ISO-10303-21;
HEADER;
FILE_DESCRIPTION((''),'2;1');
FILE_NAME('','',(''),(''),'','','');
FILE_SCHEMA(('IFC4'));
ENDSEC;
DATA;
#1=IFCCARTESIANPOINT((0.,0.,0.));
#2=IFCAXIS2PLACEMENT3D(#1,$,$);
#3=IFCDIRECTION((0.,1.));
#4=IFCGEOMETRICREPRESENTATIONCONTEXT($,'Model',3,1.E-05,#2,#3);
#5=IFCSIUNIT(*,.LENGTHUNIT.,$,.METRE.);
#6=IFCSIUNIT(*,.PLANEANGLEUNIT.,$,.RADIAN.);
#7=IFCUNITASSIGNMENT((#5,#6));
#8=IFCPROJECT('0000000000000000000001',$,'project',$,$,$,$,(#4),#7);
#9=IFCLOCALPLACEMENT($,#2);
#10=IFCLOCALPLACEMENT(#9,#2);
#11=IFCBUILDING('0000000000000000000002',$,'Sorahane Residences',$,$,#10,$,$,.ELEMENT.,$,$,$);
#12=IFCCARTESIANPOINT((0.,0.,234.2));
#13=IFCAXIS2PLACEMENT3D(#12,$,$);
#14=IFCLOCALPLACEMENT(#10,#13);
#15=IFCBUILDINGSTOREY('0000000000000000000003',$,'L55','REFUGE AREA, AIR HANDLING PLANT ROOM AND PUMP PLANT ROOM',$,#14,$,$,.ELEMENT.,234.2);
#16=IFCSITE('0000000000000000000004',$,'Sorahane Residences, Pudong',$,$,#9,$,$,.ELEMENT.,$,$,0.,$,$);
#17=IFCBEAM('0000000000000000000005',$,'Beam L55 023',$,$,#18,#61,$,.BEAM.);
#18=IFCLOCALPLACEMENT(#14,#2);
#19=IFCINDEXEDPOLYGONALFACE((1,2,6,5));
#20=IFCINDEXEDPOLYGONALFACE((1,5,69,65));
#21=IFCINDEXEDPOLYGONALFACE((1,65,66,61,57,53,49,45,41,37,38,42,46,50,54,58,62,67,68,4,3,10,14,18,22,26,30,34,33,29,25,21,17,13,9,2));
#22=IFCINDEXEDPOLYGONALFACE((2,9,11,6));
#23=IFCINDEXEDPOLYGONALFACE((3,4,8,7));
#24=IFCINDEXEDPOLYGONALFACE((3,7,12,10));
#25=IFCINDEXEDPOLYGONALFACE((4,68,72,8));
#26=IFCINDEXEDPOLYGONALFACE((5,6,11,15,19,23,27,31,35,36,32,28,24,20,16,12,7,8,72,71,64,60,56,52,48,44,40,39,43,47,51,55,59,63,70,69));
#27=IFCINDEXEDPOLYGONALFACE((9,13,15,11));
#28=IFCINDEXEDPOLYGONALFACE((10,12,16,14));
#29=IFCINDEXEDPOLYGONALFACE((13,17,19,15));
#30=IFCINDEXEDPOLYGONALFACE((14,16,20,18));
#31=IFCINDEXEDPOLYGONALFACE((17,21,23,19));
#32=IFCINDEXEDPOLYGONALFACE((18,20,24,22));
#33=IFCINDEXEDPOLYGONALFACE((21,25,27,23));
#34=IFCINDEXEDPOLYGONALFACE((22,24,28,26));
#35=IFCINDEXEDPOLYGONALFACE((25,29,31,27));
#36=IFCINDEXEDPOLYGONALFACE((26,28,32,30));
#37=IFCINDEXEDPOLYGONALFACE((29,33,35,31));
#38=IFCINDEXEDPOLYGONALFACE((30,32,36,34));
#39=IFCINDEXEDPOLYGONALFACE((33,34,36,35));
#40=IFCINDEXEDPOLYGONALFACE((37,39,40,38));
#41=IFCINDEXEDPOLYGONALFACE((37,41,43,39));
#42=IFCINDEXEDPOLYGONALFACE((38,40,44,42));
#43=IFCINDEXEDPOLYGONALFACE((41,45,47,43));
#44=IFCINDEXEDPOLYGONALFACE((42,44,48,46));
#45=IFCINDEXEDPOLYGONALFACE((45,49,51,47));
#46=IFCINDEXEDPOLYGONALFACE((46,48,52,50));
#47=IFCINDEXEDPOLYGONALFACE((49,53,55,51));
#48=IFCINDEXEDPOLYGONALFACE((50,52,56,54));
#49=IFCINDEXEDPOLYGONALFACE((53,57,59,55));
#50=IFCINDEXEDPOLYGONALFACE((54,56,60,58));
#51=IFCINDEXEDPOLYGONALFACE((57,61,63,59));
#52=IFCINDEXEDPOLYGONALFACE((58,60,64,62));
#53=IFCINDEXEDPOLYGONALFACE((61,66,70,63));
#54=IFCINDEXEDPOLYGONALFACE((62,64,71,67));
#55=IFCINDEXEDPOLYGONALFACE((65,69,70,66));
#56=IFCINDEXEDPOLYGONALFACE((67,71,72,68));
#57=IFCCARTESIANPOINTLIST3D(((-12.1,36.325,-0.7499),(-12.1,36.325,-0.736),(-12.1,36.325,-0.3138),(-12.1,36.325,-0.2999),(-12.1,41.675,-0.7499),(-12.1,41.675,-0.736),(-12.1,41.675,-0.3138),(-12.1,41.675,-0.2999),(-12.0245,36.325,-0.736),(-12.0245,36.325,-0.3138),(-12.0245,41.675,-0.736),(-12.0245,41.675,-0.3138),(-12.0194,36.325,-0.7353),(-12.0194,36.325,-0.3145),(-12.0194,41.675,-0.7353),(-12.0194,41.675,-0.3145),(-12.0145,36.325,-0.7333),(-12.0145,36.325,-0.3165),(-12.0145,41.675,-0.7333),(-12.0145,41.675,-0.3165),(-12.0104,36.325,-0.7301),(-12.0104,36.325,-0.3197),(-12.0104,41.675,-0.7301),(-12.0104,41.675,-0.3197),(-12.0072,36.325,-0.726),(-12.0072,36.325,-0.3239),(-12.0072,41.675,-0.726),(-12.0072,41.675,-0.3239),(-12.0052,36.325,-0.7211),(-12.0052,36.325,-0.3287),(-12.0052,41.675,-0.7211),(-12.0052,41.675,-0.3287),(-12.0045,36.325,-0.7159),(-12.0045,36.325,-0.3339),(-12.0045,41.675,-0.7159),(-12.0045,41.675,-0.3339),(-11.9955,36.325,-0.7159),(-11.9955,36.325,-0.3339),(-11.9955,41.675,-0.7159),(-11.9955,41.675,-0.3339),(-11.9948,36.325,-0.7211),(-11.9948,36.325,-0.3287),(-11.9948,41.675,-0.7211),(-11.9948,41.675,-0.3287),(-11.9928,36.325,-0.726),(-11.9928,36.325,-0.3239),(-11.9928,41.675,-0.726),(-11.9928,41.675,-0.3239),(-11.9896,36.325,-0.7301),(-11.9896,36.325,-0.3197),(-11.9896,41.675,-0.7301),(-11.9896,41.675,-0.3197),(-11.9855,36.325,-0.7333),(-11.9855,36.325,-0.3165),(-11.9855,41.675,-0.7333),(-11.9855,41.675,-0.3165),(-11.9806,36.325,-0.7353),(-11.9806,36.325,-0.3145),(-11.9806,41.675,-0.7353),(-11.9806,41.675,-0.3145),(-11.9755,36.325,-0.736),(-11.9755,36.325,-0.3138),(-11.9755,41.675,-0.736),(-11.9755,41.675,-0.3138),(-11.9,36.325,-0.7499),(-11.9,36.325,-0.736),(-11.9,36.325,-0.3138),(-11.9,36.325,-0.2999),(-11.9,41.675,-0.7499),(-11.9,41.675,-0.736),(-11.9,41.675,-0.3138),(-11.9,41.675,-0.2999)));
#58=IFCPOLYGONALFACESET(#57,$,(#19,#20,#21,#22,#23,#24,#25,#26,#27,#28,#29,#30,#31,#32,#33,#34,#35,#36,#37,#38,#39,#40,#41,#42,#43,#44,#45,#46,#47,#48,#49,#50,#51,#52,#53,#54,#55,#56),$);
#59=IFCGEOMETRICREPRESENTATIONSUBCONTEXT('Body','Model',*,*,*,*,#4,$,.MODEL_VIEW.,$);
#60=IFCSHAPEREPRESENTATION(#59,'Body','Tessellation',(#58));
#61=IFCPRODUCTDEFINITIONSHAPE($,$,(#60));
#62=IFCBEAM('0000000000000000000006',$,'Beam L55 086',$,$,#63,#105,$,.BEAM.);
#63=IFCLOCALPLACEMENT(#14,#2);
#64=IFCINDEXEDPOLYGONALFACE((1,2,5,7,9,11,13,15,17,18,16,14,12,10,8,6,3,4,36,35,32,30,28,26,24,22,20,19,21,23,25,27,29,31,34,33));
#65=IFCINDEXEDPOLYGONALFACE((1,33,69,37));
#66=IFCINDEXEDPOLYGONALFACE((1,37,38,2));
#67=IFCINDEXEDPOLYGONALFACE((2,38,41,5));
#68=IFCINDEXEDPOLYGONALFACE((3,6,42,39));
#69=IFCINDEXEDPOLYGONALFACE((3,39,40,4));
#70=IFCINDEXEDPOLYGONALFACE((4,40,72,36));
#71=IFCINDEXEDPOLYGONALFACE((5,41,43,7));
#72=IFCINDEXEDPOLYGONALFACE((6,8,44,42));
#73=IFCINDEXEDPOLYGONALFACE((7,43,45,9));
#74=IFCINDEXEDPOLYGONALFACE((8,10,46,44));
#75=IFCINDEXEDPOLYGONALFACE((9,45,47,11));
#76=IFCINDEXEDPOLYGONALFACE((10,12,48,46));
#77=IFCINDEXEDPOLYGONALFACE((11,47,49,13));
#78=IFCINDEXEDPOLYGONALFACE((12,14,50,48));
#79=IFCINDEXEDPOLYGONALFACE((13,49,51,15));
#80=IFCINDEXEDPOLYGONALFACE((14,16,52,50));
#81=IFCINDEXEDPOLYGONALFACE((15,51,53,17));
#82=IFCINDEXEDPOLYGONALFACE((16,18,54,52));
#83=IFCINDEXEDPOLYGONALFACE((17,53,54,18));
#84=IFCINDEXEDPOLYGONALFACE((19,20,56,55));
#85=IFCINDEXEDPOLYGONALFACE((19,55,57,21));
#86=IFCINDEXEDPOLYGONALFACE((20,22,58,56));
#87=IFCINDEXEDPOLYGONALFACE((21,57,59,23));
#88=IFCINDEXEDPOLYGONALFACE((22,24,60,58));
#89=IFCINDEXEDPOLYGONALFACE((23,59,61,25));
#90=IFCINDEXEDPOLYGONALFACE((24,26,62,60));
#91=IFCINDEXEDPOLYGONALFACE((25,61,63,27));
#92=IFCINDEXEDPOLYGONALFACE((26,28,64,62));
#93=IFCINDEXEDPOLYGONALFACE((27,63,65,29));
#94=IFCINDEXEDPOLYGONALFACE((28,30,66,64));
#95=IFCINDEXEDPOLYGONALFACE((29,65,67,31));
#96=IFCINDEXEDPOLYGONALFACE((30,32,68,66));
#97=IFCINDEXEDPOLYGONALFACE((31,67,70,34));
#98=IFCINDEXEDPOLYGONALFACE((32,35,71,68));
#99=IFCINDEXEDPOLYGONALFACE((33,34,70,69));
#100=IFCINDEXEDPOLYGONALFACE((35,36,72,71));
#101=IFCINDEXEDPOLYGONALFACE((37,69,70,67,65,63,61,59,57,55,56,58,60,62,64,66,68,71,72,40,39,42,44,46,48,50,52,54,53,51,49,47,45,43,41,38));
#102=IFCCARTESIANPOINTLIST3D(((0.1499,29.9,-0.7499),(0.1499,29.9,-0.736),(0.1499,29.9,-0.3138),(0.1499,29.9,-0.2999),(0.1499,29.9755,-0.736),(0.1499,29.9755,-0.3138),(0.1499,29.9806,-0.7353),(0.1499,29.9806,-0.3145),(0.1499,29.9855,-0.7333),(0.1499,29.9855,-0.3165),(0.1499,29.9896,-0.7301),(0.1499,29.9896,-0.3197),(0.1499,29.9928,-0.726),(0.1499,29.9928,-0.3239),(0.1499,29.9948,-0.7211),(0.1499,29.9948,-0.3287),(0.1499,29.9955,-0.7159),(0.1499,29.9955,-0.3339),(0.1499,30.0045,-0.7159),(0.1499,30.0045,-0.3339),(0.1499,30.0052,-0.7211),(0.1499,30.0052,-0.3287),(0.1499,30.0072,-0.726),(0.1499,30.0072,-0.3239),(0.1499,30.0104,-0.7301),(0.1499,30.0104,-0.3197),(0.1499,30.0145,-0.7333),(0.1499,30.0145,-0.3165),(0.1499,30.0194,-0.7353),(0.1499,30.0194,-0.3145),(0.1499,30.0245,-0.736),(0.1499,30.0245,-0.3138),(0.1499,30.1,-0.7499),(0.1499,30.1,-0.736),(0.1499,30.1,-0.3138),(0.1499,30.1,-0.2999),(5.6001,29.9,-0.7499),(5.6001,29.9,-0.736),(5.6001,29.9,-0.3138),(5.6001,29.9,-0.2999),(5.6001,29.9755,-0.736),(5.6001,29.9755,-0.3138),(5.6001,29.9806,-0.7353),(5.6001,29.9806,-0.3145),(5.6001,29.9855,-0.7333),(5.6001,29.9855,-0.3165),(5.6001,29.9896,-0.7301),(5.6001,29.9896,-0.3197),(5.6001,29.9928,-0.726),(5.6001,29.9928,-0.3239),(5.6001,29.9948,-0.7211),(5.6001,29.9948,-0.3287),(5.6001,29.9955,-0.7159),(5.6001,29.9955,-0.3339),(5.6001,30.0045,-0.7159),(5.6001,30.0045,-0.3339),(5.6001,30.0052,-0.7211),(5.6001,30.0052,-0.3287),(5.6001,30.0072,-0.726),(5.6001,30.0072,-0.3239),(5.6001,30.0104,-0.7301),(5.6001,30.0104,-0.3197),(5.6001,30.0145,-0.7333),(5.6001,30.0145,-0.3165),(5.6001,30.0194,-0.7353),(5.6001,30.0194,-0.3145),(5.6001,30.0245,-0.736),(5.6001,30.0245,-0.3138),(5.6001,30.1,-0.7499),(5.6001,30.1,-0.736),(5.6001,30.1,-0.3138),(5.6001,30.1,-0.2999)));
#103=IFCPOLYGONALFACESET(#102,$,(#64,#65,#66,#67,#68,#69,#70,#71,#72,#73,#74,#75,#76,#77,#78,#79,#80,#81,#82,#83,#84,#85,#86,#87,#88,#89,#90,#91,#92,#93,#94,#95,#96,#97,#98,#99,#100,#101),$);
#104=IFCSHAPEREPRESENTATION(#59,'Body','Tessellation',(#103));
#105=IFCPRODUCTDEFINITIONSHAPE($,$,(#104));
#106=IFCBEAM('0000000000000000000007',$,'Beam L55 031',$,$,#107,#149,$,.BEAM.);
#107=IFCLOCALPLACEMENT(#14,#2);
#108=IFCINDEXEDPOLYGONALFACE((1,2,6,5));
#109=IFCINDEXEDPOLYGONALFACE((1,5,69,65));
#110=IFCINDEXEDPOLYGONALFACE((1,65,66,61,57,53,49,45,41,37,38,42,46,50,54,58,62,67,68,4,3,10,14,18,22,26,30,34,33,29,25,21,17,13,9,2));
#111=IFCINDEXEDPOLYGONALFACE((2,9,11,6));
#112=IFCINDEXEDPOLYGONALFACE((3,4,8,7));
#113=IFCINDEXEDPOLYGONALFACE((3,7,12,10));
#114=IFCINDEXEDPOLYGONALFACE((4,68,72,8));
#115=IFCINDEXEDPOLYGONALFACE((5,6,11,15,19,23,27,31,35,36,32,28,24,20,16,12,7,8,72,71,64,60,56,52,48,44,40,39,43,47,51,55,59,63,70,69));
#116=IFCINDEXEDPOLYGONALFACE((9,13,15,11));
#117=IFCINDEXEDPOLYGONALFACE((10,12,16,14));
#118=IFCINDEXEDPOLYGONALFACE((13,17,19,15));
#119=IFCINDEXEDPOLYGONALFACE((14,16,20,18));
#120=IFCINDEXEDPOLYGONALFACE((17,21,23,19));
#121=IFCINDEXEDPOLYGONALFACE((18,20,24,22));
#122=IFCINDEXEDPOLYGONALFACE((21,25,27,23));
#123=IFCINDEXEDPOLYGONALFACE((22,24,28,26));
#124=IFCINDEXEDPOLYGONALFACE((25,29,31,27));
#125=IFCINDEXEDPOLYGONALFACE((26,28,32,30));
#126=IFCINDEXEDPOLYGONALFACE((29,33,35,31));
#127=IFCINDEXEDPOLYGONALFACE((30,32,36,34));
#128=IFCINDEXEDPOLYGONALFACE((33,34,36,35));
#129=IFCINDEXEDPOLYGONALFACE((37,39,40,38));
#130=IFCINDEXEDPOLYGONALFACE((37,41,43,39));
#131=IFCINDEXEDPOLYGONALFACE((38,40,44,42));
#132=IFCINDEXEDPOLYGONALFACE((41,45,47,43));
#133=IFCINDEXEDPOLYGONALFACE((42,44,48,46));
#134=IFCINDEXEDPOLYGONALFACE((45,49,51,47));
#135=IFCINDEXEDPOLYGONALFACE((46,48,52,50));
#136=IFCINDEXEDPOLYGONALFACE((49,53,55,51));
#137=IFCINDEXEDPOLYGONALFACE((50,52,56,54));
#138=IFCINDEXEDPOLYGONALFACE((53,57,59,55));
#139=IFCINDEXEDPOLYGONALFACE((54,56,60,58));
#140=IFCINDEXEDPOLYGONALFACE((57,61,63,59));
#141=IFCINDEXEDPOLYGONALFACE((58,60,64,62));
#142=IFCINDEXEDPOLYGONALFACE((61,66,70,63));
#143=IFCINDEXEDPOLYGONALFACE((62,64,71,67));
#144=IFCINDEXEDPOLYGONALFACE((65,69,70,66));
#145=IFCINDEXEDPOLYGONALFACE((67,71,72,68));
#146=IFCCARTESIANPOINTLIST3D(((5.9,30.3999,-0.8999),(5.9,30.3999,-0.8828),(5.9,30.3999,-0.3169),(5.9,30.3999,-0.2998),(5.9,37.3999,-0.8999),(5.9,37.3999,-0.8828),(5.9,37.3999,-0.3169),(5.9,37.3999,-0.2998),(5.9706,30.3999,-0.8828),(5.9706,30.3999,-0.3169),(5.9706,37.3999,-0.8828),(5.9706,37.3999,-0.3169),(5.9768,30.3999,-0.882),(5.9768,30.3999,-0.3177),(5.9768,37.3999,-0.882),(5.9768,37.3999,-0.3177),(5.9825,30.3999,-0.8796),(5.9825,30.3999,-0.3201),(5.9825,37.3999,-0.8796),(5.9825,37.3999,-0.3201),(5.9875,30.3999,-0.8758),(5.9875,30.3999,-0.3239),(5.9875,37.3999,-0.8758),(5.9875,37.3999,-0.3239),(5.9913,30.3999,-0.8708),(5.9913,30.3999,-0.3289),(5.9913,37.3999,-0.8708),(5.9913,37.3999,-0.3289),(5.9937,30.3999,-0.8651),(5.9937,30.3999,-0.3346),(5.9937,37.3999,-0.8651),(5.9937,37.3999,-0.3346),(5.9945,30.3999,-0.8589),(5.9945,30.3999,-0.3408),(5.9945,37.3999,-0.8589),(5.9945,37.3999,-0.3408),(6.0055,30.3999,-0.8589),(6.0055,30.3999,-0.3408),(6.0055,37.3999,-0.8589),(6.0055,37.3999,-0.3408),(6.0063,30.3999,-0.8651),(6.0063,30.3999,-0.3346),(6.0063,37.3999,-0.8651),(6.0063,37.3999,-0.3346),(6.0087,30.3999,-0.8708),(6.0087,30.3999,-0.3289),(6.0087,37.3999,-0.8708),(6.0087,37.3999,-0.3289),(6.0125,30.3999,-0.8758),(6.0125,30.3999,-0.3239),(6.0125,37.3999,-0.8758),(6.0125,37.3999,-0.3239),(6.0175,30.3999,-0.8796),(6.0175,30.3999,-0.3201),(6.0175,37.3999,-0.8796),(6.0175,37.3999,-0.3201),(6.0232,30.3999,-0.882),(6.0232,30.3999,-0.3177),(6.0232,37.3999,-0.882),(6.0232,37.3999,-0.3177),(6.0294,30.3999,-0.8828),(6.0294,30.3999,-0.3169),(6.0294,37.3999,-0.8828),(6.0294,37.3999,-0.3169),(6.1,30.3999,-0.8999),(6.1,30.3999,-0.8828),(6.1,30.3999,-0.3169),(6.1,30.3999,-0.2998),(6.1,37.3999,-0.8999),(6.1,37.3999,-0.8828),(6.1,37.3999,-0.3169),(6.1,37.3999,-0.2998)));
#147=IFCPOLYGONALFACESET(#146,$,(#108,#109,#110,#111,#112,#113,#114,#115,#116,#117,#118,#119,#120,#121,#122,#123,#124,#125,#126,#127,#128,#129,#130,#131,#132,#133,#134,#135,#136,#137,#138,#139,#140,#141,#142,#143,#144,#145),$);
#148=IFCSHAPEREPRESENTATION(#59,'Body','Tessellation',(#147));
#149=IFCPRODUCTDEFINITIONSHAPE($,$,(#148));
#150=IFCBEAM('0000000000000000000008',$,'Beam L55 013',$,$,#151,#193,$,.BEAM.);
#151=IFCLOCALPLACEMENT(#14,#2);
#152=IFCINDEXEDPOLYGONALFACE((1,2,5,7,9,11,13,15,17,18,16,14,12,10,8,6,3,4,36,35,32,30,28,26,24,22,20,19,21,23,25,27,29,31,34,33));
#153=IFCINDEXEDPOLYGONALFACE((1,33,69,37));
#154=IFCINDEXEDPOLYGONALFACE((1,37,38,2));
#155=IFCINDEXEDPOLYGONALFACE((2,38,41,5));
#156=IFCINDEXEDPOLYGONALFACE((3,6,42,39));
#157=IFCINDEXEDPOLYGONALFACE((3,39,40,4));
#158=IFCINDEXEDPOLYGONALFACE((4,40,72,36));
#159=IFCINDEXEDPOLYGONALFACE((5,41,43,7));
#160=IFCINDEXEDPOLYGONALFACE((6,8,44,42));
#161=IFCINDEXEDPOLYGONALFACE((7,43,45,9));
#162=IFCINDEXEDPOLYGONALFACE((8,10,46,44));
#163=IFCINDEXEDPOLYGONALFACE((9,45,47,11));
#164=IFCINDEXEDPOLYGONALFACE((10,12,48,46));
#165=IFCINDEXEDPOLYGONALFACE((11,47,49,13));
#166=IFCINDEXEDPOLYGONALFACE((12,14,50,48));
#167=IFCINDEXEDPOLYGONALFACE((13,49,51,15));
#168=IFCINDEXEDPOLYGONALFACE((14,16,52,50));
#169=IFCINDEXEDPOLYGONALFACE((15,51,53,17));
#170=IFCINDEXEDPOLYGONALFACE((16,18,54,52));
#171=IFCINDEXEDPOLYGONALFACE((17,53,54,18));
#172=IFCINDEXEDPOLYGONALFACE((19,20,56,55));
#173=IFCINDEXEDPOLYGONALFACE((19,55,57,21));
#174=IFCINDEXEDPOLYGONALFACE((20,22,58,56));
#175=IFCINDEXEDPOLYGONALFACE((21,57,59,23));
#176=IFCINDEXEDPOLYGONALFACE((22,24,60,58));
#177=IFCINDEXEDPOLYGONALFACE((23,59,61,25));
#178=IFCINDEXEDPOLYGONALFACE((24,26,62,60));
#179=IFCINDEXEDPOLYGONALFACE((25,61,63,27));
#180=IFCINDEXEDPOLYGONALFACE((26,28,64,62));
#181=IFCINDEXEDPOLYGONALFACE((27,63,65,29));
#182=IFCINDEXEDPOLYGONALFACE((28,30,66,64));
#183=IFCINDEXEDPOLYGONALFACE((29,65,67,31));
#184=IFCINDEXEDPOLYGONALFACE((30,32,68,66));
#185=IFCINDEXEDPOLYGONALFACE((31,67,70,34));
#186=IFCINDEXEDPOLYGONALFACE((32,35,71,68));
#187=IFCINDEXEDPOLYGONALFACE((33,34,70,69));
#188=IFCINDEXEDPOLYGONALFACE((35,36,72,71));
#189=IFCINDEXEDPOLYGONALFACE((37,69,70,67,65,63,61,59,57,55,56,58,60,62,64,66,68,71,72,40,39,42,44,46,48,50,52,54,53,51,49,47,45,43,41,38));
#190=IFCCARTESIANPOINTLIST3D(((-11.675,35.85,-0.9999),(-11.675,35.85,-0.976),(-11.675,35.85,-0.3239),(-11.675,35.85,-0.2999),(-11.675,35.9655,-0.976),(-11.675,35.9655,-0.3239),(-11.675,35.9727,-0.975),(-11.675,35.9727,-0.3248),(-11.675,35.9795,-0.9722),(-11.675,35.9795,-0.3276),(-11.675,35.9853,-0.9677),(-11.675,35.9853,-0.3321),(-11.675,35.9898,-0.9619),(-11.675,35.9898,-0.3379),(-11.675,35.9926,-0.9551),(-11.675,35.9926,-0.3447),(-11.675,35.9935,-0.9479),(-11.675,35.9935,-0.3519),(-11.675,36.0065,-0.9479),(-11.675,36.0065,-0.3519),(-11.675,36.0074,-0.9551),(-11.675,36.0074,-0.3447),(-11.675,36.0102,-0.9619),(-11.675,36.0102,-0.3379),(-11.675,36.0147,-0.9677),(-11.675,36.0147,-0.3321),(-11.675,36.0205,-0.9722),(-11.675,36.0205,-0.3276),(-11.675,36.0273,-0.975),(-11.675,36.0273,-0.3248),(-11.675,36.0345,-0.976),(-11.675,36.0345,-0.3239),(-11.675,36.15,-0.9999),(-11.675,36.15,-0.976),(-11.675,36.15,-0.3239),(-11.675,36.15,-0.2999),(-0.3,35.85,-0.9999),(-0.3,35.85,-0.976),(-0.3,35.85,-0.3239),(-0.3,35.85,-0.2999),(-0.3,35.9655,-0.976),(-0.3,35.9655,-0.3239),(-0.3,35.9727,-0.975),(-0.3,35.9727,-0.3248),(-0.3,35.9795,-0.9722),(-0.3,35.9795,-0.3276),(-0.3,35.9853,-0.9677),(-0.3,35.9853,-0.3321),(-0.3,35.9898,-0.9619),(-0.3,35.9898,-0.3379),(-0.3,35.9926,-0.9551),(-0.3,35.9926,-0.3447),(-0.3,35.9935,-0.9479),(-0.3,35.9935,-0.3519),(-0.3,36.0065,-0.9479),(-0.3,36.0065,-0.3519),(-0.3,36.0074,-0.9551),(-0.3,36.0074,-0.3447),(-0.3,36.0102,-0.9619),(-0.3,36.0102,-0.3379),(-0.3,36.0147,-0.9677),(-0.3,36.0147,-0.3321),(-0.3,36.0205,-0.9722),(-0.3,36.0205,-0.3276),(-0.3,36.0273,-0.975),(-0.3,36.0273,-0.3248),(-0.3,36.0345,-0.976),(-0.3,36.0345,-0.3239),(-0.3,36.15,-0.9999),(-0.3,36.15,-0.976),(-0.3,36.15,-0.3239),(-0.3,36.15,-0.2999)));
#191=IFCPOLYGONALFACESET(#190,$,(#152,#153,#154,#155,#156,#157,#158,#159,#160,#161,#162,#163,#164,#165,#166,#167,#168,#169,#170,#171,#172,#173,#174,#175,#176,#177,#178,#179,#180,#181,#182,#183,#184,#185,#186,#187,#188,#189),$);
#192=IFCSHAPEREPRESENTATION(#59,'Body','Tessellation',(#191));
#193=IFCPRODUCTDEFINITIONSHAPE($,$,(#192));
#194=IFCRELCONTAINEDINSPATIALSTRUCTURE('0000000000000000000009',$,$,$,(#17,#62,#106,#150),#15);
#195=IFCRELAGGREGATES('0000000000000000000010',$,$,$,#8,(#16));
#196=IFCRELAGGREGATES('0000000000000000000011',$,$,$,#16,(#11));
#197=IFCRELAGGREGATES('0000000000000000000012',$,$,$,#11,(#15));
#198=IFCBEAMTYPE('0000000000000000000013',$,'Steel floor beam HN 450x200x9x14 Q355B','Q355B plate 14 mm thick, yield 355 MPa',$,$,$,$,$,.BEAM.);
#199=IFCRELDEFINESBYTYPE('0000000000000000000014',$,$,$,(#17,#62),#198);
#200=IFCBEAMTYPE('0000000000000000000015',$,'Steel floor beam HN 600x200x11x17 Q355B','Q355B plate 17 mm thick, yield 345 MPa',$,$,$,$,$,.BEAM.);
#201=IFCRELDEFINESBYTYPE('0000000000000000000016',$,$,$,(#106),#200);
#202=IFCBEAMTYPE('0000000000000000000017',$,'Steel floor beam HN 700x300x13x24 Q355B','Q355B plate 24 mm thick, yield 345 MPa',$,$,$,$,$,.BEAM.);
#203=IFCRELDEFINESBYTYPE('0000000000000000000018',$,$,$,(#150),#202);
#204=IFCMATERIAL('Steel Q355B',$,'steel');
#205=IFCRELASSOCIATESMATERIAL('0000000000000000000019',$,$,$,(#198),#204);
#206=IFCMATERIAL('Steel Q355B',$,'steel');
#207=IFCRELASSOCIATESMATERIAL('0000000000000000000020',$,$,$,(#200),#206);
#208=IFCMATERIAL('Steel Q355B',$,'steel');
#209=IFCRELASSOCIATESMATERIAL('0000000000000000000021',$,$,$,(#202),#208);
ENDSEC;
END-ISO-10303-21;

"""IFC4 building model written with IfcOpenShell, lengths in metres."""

from ifc_helpers import new_model, si_unit, direction, frame, origin, origin_2d, place, context, subcontext, project, spatial, i_section, extrude, material, material_profile, profile_set, type_object, element, save


model = new_model("IFC4")

# Units and contexts
model_context = context("Model", 3, precision=1e-05, world=origin(), true_north=direction((0.0, 1.0)))
body_context = subcontext(model_context, "Body", "Model", "MODEL_VIEW")
ifc_project = project(units=[si_unit("LENGTHUNIT", "METRE"), si_unit("PLANEANGLEUNIT", "RADIAN")], contexts=[model_context])

# Site, building, storey
site_placement = place(None, origin())
site = spatial("IfcSite", under=ifc_project, at=site_placement, Name="Sorahane Residences, Pudong", CompositionType="ELEMENT", RefElevation=0.0)
building_placement = place(site_placement, origin())
building = spatial("IfcBuilding", under=site, at=building_placement, Name="Sorahane Residences", CompositionType="ELEMENT")
storey_placement = place(building_placement, frame((0.0, 0.0, 234.2)))
storey = spatial("IfcBuildingStorey", under=building, at=storey_placement, Name="L55", Description="REFUGE AREA, AIR HANDLING PLANT ROOM AND PUMP PLANT ROOM", CompositionType="ELEMENT", Elevation=234.2)

# Beams
ifc_material_1 = material(Name="Steel Q355B", Category="steel")
ifc_material_profile_1 = material_profile(ifc_material_1, i_section(OverallWidth=0.2, OverallDepth=0.45, WebThickness=0.009, FlangeThickness=0.0139, FilletRadius=0.02, at=origin_2d()), Name="HN 450x200x9x14")
ifc_profile_set_1 = profile_set([ifc_material_profile_1], Name="Steel Q355B")
beam_type_1 = type_object("IfcBeamType", Name="Steel floor beam HN 450x200x9x14 Q355B", Description="Q355B plate 14 mm thick, yield 355 MPa", PredefinedType="BEAM", material=ifc_profile_set_1)
beam_1_placement = place(storey_placement, frame((-12.0, 36.325, -0.5249), z_axis=(0.0, 1.0, 0.0), x_axis=(-1.0, 0.0, 0.0)))
element("IfcBeam", 1, at=beam_1_placement, inside=storey, type_object=beam_type_1, Name="Beam L55 023", PredefinedType="BEAM", context=body_context, shape_type="SweptSolid", body=[
    extrude(i_section(OverallWidth=0.2, OverallDepth=0.45, WebThickness=0.009, FlangeThickness=0.0139, FilletRadius=0.02, at=origin_2d()), origin(), (0.0, 0.0, 1.0), 5.3501),
])
beam_2_placement = place(storey_placement, frame((0.1499, 30.0, -0.5249), z_axis=(1.0, 0.0, 0.0), x_axis=(0.0, 1.0, 0.0)))
element("IfcBeam", 2, at=beam_2_placement, inside=storey, type_object=beam_type_1, Name="Beam L55 086", PredefinedType="BEAM", context=body_context, shape_type="SweptSolid", body=[
    extrude(i_section(OverallWidth=0.2, OverallDepth=0.45, WebThickness=0.009, FlangeThickness=0.0139, FilletRadius=0.02, at=origin_2d()), origin(), (0.0, 0.0, 1.0), 5.4502),
])
ifc_material_2 = material(Name="Steel Q355B", Category="steel")
ifc_material_profile_2 = material_profile(ifc_material_2, i_section(OverallWidth=0.2, OverallDepth=0.6001, WebThickness=0.011, FlangeThickness=0.0171, FilletRadius=0.0239, at=origin_2d()), Name="HN 600x200x11x17")
ifc_profile_set_2 = profile_set([ifc_material_profile_2], Name="Steel Q355B")
beam_type_2 = type_object("IfcBeamType", Name="Steel floor beam HN 600x200x11x17 Q355B", Description="Q355B plate 17 mm thick, yield 345 MPa", PredefinedType="BEAM", material=ifc_profile_set_2)
beam_3_placement = place(storey_placement, frame((6.0, 30.3999, -0.5999), z_axis=(0.0, 1.0, 0.0), x_axis=(-1.0, 0.0, 0.0)))
element("IfcBeam", 3, at=beam_3_placement, inside=storey, type_object=beam_type_2, Name="Beam L55 031", PredefinedType="BEAM", context=body_context, shape_type="SweptSolid", body=[
    extrude(i_section(OverallWidth=0.2, OverallDepth=0.6001, WebThickness=0.011, FlangeThickness=0.0171, FilletRadius=0.0239, at=origin_2d()), origin(), (0.0, 0.0, 1.0), 7.0),
])
ifc_material_3 = material(Name="Steel Q355B", Category="steel")
ifc_material_profile_3 = material_profile(ifc_material_3, i_section(OverallWidth=0.3, OverallDepth=0.7, WebThickness=0.0129, FlangeThickness=0.0239, FilletRadius=0.0281, at=origin_2d()), Name="HN 700x300x13x24")
ifc_profile_set_3 = profile_set([ifc_material_profile_3], Name="Steel Q355B")
beam_type_3 = type_object("IfcBeamType", Name="Steel floor beam HN 700x300x13x24 Q355B", Description="Q355B plate 24 mm thick, yield 345 MPa", PredefinedType="BEAM", material=ifc_profile_set_3)
for number, where, z_axis, x_axis, name in (
    (4, (-11.675, 36.0, -0.6499), (1.0, 0.0, 0.0), (0.0, 1.0, 0.0), "Beam L55 013"),
):
    element("IfcBeam", number, at=place(storey_placement, frame(where, z_axis=z_axis, x_axis=x_axis)), inside=storey, type_object=beam_type_3, Name=name, PredefinedType="BEAM", context=body_context, shape_type="SweptSolid", body=[
        extrude(i_section(OverallWidth=0.3, OverallDepth=0.7, WebThickness=0.0129, FlangeThickness=0.0239, FilletRadius=0.0281, at=origin_2d()), origin(), (0.0, 0.0, 1.0), 11.375),
    ])

save(model, "model.ifc")
